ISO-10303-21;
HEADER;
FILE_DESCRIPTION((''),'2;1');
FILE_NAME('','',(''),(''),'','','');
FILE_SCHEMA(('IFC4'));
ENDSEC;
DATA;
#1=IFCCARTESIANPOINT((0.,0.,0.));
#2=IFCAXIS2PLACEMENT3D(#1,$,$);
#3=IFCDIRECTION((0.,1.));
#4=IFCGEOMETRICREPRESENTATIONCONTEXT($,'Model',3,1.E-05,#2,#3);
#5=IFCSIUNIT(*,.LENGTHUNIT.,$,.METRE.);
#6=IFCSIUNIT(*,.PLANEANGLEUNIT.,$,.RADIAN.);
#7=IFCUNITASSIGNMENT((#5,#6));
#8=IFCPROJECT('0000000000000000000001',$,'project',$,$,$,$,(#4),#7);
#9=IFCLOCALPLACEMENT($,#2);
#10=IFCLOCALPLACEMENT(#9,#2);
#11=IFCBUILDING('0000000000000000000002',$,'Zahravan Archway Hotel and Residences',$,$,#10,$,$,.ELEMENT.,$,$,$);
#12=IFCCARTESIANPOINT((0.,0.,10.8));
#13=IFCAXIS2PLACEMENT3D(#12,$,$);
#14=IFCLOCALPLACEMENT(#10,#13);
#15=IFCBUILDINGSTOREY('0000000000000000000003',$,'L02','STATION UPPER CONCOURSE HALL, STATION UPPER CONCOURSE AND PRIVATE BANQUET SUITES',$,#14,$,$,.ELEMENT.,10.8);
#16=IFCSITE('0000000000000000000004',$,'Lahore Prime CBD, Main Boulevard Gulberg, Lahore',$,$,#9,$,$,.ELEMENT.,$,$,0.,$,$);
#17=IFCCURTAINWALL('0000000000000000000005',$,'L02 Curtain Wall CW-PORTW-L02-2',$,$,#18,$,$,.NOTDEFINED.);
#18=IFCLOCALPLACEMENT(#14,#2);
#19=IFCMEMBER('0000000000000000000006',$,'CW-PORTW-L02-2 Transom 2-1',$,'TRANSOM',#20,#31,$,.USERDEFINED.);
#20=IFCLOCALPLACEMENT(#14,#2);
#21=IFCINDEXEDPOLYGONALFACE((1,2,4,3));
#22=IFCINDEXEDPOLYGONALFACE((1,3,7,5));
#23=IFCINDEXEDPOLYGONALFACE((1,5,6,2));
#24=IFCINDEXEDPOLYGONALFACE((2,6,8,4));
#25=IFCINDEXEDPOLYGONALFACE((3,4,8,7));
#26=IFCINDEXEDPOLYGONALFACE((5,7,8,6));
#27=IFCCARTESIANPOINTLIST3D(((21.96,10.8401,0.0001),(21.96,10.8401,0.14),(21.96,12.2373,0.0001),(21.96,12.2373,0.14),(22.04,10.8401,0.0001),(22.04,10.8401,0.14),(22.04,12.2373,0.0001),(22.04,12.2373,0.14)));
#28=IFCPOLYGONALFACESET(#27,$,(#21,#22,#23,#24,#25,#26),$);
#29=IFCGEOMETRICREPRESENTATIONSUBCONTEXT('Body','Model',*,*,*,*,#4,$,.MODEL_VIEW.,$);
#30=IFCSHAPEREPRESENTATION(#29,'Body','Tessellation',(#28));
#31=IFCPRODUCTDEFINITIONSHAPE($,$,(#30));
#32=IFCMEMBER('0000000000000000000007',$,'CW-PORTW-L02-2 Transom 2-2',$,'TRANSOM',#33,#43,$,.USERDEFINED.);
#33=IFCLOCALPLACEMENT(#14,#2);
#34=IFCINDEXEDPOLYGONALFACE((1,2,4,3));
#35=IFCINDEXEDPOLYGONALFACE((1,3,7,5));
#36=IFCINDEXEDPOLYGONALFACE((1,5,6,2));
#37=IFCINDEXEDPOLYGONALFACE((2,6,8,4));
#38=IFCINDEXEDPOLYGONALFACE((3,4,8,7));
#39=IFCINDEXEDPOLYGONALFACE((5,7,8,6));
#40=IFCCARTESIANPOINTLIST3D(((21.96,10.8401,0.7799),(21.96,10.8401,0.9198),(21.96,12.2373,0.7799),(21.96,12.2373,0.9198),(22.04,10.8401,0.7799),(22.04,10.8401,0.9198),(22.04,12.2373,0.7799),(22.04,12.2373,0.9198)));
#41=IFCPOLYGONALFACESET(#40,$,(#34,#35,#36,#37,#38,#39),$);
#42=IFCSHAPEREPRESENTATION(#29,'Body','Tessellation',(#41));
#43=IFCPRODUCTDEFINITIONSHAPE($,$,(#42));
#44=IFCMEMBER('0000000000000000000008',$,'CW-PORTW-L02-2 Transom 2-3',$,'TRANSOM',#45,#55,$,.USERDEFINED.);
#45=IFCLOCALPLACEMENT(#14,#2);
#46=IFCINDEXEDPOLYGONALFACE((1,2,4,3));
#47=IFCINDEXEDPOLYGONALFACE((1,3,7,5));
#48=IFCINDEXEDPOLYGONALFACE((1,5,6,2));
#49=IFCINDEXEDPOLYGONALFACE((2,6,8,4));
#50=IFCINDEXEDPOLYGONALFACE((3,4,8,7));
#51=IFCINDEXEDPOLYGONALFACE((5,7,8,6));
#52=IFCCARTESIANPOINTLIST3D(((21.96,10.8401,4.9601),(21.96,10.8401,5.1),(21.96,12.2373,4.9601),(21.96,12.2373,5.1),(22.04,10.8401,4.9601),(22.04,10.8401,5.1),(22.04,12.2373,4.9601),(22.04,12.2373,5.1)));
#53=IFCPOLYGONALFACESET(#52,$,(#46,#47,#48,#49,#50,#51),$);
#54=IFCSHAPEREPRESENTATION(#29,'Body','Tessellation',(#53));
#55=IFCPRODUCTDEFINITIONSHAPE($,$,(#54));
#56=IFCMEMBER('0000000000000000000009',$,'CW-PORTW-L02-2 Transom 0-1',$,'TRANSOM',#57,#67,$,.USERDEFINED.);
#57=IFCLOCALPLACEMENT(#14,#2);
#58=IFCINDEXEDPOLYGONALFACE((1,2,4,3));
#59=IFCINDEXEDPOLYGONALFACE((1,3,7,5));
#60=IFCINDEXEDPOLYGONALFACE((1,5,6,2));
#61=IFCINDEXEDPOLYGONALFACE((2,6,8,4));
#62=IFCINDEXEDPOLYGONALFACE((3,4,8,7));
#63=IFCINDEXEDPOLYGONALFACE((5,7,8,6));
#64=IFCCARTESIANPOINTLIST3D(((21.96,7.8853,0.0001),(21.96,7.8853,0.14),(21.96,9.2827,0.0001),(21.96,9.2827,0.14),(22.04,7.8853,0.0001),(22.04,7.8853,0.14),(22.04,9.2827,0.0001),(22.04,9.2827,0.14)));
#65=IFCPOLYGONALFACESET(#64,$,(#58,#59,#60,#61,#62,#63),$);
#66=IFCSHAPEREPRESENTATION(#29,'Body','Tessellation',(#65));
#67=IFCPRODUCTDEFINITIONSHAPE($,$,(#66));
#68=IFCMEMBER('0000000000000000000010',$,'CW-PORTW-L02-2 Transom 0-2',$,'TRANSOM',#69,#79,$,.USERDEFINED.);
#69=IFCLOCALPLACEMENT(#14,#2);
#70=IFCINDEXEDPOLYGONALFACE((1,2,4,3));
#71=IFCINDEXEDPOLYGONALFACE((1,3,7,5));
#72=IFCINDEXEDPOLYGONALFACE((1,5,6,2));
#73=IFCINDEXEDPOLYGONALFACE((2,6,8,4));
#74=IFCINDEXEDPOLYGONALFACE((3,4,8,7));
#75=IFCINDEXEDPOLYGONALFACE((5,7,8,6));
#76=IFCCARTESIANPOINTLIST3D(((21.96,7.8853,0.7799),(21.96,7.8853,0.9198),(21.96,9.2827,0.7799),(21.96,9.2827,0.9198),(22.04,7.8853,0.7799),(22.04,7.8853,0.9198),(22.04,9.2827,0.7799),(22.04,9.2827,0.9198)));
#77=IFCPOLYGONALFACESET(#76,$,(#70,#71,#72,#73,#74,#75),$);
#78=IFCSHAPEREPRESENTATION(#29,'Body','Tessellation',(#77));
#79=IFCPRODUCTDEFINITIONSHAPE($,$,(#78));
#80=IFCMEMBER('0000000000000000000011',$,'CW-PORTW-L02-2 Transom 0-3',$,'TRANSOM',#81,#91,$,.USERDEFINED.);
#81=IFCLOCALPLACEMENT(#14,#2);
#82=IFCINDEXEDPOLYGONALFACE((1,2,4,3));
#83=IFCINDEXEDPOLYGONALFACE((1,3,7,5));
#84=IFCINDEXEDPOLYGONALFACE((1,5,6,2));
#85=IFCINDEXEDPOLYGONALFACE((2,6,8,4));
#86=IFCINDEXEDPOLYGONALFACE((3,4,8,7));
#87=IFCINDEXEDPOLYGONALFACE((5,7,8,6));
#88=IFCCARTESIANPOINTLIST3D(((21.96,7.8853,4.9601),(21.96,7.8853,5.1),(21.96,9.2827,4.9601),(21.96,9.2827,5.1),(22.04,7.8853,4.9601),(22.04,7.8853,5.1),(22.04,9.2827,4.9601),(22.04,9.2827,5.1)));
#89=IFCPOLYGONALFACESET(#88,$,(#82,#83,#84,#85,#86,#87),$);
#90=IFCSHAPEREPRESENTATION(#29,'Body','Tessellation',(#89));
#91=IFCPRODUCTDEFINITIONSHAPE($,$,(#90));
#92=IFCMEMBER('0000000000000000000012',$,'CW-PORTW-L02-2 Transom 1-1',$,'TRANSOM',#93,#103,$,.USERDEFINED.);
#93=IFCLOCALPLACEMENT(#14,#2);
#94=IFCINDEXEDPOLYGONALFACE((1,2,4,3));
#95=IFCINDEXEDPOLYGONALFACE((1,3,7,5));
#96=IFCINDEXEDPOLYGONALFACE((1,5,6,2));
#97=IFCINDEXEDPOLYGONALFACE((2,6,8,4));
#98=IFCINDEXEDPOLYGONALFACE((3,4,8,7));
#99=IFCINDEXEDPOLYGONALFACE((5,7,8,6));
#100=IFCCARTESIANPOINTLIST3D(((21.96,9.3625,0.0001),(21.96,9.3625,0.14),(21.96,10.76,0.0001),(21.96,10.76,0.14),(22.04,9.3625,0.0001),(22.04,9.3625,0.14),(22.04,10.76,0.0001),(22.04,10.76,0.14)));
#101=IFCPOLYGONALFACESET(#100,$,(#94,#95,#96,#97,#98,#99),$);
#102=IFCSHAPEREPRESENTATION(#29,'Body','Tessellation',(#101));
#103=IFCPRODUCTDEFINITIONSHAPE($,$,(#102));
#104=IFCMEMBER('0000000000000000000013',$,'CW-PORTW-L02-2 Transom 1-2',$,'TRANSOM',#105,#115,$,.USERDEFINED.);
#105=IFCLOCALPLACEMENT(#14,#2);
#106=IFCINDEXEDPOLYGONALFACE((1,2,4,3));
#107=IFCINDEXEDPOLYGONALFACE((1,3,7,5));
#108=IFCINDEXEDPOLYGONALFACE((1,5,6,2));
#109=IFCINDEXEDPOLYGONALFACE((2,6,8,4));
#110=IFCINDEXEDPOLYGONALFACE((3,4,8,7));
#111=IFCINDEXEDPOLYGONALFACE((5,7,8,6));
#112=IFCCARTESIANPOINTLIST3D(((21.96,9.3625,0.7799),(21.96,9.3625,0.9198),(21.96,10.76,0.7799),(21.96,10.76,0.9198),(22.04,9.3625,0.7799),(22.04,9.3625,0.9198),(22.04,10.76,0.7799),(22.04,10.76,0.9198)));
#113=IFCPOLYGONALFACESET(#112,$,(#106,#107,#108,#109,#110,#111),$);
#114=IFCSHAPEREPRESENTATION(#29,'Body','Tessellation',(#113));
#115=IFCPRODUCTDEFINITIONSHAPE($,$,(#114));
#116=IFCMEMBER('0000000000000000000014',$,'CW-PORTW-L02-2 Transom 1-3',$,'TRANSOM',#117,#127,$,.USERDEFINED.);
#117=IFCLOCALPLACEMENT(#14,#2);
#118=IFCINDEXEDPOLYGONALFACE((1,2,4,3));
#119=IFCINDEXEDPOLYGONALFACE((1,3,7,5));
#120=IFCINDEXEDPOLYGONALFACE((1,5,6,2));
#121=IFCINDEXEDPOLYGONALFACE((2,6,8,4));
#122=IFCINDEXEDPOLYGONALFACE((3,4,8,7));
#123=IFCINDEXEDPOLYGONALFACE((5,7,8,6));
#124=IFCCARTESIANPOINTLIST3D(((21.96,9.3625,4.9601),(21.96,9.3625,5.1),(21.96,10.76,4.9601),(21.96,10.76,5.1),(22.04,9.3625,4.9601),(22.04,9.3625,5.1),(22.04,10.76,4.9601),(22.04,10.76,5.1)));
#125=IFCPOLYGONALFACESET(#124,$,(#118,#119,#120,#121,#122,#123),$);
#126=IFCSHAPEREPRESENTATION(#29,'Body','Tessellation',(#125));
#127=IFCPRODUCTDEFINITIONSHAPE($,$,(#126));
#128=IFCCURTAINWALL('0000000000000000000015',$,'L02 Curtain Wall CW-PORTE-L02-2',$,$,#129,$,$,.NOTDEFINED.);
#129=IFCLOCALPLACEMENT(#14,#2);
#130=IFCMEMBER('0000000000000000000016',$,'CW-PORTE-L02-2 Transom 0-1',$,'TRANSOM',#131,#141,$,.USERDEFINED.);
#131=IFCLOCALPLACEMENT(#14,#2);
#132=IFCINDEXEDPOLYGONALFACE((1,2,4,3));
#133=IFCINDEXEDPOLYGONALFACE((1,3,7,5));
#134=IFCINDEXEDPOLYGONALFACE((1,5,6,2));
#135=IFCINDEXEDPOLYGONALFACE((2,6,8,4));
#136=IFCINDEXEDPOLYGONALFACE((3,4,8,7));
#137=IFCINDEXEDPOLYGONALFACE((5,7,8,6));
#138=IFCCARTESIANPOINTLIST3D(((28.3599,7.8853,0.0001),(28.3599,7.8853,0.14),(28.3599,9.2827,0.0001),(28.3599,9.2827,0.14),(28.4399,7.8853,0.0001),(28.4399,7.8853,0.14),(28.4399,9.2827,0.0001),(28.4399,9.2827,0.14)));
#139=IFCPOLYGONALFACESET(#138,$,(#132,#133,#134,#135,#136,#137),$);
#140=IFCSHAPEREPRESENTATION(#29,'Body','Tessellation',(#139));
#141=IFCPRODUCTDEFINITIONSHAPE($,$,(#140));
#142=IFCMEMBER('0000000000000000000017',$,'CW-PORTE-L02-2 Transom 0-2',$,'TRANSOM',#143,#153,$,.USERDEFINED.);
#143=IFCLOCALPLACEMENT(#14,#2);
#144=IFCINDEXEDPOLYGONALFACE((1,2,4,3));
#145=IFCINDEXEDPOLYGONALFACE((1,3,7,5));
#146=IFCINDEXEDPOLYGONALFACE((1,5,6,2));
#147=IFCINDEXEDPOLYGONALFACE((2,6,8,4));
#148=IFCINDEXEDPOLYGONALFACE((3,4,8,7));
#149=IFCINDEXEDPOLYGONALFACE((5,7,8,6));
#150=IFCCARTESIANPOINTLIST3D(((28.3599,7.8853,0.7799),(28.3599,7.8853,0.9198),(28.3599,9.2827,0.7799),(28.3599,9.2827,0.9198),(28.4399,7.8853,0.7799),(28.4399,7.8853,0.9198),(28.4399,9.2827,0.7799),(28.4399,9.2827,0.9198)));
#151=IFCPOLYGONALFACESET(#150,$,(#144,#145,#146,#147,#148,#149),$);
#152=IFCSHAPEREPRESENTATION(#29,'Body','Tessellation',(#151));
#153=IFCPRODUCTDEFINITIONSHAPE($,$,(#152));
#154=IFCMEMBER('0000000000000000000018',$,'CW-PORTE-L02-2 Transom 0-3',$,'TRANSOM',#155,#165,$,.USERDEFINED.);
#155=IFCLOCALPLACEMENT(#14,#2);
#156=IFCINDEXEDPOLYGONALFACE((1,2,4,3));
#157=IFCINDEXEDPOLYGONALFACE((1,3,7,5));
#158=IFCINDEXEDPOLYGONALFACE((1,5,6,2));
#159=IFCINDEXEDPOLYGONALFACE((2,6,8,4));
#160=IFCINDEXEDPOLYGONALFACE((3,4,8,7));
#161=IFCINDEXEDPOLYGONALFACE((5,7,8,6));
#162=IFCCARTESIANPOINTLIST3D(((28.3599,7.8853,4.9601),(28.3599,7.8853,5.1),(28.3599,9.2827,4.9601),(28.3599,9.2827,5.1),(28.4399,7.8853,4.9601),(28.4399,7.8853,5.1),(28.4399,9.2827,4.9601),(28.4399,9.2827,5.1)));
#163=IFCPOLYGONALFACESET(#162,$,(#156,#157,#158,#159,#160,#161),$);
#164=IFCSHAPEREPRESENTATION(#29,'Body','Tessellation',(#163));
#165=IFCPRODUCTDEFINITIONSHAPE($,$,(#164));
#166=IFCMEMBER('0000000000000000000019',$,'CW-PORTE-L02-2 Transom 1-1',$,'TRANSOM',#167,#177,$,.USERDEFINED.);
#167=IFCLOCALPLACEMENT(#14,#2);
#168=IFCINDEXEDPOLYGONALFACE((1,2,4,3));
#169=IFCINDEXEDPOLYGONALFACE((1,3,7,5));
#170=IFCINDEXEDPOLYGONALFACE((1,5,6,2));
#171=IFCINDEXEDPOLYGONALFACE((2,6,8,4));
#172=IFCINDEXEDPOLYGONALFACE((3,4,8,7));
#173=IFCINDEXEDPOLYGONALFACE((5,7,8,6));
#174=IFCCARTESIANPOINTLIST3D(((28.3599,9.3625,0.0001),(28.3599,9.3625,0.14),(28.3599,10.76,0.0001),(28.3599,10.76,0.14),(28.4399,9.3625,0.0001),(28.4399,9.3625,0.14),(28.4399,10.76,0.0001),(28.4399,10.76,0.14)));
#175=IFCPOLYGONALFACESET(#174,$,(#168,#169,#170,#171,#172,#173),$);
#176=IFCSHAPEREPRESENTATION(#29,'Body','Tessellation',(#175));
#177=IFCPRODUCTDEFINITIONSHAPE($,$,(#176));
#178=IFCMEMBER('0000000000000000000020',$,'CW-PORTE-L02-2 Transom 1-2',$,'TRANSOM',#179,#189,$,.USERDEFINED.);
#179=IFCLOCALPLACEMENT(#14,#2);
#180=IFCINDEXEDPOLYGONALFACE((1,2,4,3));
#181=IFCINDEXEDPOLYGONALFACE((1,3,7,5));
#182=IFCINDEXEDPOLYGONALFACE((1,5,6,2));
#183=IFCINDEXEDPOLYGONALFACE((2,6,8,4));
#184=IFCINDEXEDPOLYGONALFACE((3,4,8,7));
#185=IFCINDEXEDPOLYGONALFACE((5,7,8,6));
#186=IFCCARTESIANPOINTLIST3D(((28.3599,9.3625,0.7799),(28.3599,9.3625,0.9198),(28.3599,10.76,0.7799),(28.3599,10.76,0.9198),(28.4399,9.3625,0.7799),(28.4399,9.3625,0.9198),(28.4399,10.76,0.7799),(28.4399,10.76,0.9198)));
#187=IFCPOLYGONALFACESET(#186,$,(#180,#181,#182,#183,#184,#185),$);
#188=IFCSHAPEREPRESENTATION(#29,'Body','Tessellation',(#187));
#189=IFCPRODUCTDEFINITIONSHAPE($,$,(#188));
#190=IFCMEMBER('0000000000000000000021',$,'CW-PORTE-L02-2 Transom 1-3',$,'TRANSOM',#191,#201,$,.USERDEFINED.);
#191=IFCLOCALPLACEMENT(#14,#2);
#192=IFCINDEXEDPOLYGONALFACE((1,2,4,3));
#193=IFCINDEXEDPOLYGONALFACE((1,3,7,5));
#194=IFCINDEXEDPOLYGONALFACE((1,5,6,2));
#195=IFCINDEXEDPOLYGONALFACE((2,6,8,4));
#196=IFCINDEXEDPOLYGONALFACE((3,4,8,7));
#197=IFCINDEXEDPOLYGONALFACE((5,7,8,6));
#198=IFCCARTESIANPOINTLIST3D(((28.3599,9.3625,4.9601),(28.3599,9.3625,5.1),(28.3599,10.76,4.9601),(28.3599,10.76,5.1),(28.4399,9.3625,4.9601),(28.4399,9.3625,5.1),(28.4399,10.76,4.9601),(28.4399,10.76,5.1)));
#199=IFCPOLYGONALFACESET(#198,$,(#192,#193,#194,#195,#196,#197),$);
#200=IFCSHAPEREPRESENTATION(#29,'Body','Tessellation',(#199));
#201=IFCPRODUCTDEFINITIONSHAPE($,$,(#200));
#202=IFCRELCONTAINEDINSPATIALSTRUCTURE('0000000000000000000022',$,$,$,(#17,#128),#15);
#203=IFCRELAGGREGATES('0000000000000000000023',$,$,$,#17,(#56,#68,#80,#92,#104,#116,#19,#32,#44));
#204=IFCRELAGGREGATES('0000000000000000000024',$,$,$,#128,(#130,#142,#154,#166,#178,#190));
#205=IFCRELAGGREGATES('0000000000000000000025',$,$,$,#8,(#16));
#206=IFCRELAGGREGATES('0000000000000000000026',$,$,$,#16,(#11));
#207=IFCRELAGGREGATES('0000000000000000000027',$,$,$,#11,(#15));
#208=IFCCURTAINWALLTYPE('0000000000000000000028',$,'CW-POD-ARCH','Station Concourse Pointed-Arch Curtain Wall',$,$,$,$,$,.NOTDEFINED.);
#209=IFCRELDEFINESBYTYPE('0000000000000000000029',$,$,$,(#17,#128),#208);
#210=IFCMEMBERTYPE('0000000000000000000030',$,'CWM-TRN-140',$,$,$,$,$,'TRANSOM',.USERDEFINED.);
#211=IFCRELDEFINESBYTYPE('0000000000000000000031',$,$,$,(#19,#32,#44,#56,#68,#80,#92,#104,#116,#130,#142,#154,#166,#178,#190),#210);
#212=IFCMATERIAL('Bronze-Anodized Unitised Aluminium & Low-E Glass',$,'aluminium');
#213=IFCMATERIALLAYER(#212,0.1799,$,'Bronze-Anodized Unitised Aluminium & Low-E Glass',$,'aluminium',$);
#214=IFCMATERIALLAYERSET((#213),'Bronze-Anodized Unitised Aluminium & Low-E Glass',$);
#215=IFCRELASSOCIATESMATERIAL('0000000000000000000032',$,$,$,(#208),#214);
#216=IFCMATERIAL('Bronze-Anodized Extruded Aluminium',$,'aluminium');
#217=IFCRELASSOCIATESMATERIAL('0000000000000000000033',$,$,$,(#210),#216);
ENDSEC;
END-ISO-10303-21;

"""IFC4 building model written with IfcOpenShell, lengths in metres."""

from ifc_helpers import new_model, si_unit, direction, frame, origin, origin_2d, place, context, subcontext, project, spatial, rectangle, extrude, source, transform, mapped, material, layer, layer_set, material_profile, profile_set, type_object, element, aggregate, save


model = new_model("IFC4")

# Units and contexts
model_context = context("Model", 3, precision=1e-05, world=origin(), true_north=direction((0.0, 1.0)))
body_context = subcontext(model_context, "Body", "Model", "MODEL_VIEW")
ifc_project = project(units=[si_unit("LENGTHUNIT", "METRE"), si_unit("PLANEANGLEUNIT", "RADIAN")], contexts=[model_context])

# Site, building, storey
site_placement = place(None, origin())
site = spatial("IfcSite", under=ifc_project, at=site_placement, Name="Lahore Prime CBD, Main Boulevard Gulberg, Lahore", CompositionType="ELEMENT", RefElevation=0.0)
building_placement = place(site_placement, origin())
building = spatial("IfcBuilding", under=site, at=building_placement, Name="Zahravan Archway Hotel and Residences", CompositionType="ELEMENT")
storey_placement = place(building_placement, frame((0.0, 0.0, 10.8)))
storey = spatial("IfcBuildingStorey", under=building, at=storey_placement, Name="L02", Description="STATION UPPER CONCOURSE HALL, STATION UPPER CONCOURSE AND PRIVATE BANQUET SUITES", CompositionType="ELEMENT", Elevation=10.8)

# Curtain walls, members
ifc_material_1 = material(Name="Bronze-Anodized Unitised Aluminium & Low-E Glass", Category="aluminium")
ifc_layer_1 = layer(ifc_material_1, 0.1799, Name="Bronze-Anodized Unitised Aluminium & Low-E Glass", Category="aluminium")
ifc_layer_set_1 = layer_set([ifc_layer_1], Name="Bronze-Anodized Unitised Aluminium & Low-E Glass")
curtain_wall_type = type_object("IfcCurtainWallType", Name="CW-POD-ARCH", Description="Station Concourse Pointed-Arch Curtain Wall", PredefinedType="NOTDEFINED", material=ifc_layer_set_1)
curtain_wall_1_placement = place(storey_placement, origin())
curtain_wall_1 = element("IfcCurtainWall", 1, at=curtain_wall_1_placement, inside=storey, type_object=curtain_wall_type, Name="L02 Curtain Wall CW-PORTW-L02-2", PredefinedType="NOTDEFINED")
ifc_material_2 = material(Name="Bronze-Anodized Extruded Aluminium", Category="aluminium")
ifc_material_profile_1 = material_profile(ifc_material_2, rectangle(XDim=0.0801, YDim=0.1399, at=origin_2d()), Name="TRN 80x140", Category="aluminium")
ifc_profile_set_1 = profile_set([ifc_material_profile_1], Name="Bronze-Anodized Extruded Aluminium")
member_type_1 = type_object("IfcMemberType", Name="CWM-TRN-140", ElementType="TRANSOM", PredefinedType="USERDEFINED", material=ifc_profile_set_1)
shared_shape_1 = source(origin(), body_context, "Body", "SweptSolid", [
    extrude(rectangle(XDim=0.0801, YDim=0.1399, at=origin_2d()), origin(), (0.0, 0.0, 1.0), 1.3972),
])
member_1_placement = place(storey_placement, frame((22.0, 10.8401, 0.0701), z_axis=(0.0, 1.0, 0.0), x_axis=(-1.0, 0.0, 0.0)))
member_1 = element("IfcMember", 2, at=member_1_placement, type_object=member_type_1, Name="CW-PORTW-L02-2 Transom 2-1", ObjectType="TRANSOM", PredefinedType="USERDEFINED", context=body_context, shape_type="MappedRepresentation", body=[
    mapped(shared_shape_1, transform((0.0, 0.0, 0.0), scale=1.0)),
])
member_2_placement = place(storey_placement, frame((22.0, 10.8401, 0.8499), z_axis=(0.0, 1.0, 0.0), x_axis=(-1.0, 0.0, 0.0)))
member_2 = element("IfcMember", 3, at=member_2_placement, type_object=member_type_1, Name="CW-PORTW-L02-2 Transom 2-2", ObjectType="TRANSOM", PredefinedType="USERDEFINED", context=body_context, shape_type="MappedRepresentation", body=[
    mapped(shared_shape_1, transform((0.0, 0.0, 0.0), scale=1.0)),
])
member_3_placement = place(storey_placement, frame((22.0, 10.8401, 5.03), z_axis=(0.0, 1.0, 0.0), x_axis=(-1.0, 0.0, 0.0)))
member_3 = element("IfcMember", 4, at=member_3_placement, type_object=member_type_1, Name="CW-PORTW-L02-2 Transom 2-3", ObjectType="TRANSOM", PredefinedType="USERDEFINED", context=body_context, shape_type="MappedRepresentation", body=[
    mapped(shared_shape_1, transform((0.0, 0.0, 0.0), scale=1.0)),
])
shared_shape_2 = source(origin(), body_context, "Body", "SweptSolid", [
    extrude(rectangle(XDim=0.0801, YDim=0.1399, at=origin_2d()), origin(), (0.0, 0.0, 1.0), 1.3975),
])
member_4_placement = place(storey_placement, frame((22.0, 7.8853, 0.0701), z_axis=(0.0, 1.0, 0.0), x_axis=(-1.0, 0.0, 0.0)))
member_4 = element("IfcMember", 5, at=member_4_placement, type_object=member_type_1, Name="CW-PORTW-L02-2 Transom 0-1", ObjectType="TRANSOM", PredefinedType="USERDEFINED", context=body_context, shape_type="MappedRepresentation", body=[
    mapped(shared_shape_2, transform((0.0, 0.0, 0.0), scale=1.0)),
])
member_5_placement = place(storey_placement, frame((22.0, 7.8853, 0.8499), z_axis=(0.0, 1.0, 0.0), x_axis=(-1.0, 0.0, 0.0)))
member_5 = element("IfcMember", 6, at=member_5_placement, type_object=member_type_1, Name="CW-PORTW-L02-2 Transom 0-2", ObjectType="TRANSOM", PredefinedType="USERDEFINED", context=body_context, shape_type="MappedRepresentation", body=[
    mapped(shared_shape_2, transform((0.0, 0.0, 0.0), scale=1.0)),
])
member_6_placement = place(storey_placement, frame((22.0, 7.8853, 5.03), z_axis=(0.0, 1.0, 0.0), x_axis=(-1.0, 0.0, 0.0)))
member_6 = element("IfcMember", 7, at=member_6_placement, type_object=member_type_1, Name="CW-PORTW-L02-2 Transom 0-3", ObjectType="TRANSOM", PredefinedType="USERDEFINED", context=body_context, shape_type="MappedRepresentation", body=[
    mapped(shared_shape_2, transform((0.0, 0.0, 0.0), scale=1.0)),
])
member_7_placement = place(storey_placement, frame((22.0, 9.3625, 0.0701), z_axis=(0.0, 1.0, 0.0), x_axis=(-1.0, 0.0, 0.0)))
member_7 = element("IfcMember", 8, at=member_7_placement, type_object=member_type_1, Name="CW-PORTW-L02-2 Transom 1-1", ObjectType="TRANSOM", PredefinedType="USERDEFINED", context=body_context, shape_type="MappedRepresentation", body=[
    mapped(shared_shape_2, transform((0.0, 0.0, 0.0), scale=1.0)),
])
member_8_placement = place(storey_placement, frame((22.0, 9.3625, 0.8499), z_axis=(0.0, 1.0, 0.0), x_axis=(-1.0, 0.0, 0.0)))
member_8 = element("IfcMember", 9, at=member_8_placement, type_object=member_type_1, Name="CW-PORTW-L02-2 Transom 1-2", ObjectType="TRANSOM", PredefinedType="USERDEFINED", context=body_context, shape_type="MappedRepresentation", body=[
    mapped(shared_shape_2, transform((0.0, 0.0, 0.0), scale=1.0)),
])
member_9_placement = place(storey_placement, frame((22.0, 9.3625, 5.03), z_axis=(0.0, 1.0, 0.0), x_axis=(-1.0, 0.0, 0.0)))
member_9 = element("IfcMember", 10, at=member_9_placement, type_object=member_type_1, Name="CW-PORTW-L02-2 Transom 1-3", ObjectType="TRANSOM", PredefinedType="USERDEFINED", context=body_context, shape_type="MappedRepresentation", body=[
    mapped(shared_shape_2, transform((0.0, 0.0, 0.0), scale=1.0)),
])
curtain_wall_2_placement = place(storey_placement, origin())
curtain_wall_2 = element("IfcCurtainWall", 11, at=curtain_wall_2_placement, inside=storey, type_object=curtain_wall_type, Name="L02 Curtain Wall CW-PORTE-L02-2", PredefinedType="NOTDEFINED")
member_10_placement = place(storey_placement, frame((28.3999, 7.8853, 0.0701), z_axis=(0.0, 1.0, 0.0), x_axis=(-1.0, 0.0, 0.0)))
member_10 = element("IfcMember", 12, at=member_10_placement, type_object=member_type_1, Name="CW-PORTE-L02-2 Transom 0-1", ObjectType="TRANSOM", PredefinedType="USERDEFINED", context=body_context, shape_type="MappedRepresentation", body=[
    mapped(shared_shape_2, transform((0.0, 0.0, 0.0), scale=1.0)),
])
member_11_placement = place(storey_placement, frame((28.3999, 7.8853, 0.8499), z_axis=(0.0, 1.0, 0.0), x_axis=(-1.0, 0.0, 0.0)))
member_11 = element("IfcMember", 13, at=member_11_placement, type_object=member_type_1, Name="CW-PORTE-L02-2 Transom 0-2", ObjectType="TRANSOM", PredefinedType="USERDEFINED", context=body_context, shape_type="MappedRepresentation", body=[
    mapped(shared_shape_2, transform((0.0, 0.0, 0.0), scale=1.0)),
])
member_12_placement = place(storey_placement, frame((28.3999, 7.8853, 5.03), z_axis=(0.0, 1.0, 0.0), x_axis=(-1.0, 0.0, 0.0)))
member_12 = element("IfcMember", 14, at=member_12_placement, type_object=member_type_1, Name="CW-PORTE-L02-2 Transom 0-3", ObjectType="TRANSOM", PredefinedType="USERDEFINED", context=body_context, shape_type="MappedRepresentation", body=[
    mapped(shared_shape_2, transform((0.0, 0.0, 0.0), scale=1.0)),
])
member_13_placement = place(storey_placement, frame((28.3999, 9.3625, 0.0701), z_axis=(0.0, 1.0, 0.0), x_axis=(-1.0, 0.0, 0.0)))
member_13 = element("IfcMember", 15, at=member_13_placement, type_object=member_type_1, Name="CW-PORTE-L02-2 Transom 1-1", ObjectType="TRANSOM", PredefinedType="USERDEFINED", context=body_context, shape_type="MappedRepresentation", body=[
    mapped(shared_shape_2, transform((0.0, 0.0, 0.0), scale=1.0)),
])
member_14_placement = place(storey_placement, frame((28.3999, 9.3625, 0.8499), z_axis=(0.0, 1.0, 0.0), x_axis=(-1.0, 0.0, 0.0)))
member_14 = element("IfcMember", 16, at=member_14_placement, type_object=member_type_1, Name="CW-PORTE-L02-2 Transom 1-2", ObjectType="TRANSOM", PredefinedType="USERDEFINED", context=body_context, shape_type="MappedRepresentation", body=[
    mapped(shared_shape_2, transform((0.0, 0.0, 0.0), scale=1.0)),
])
member_15_placement = place(storey_placement, frame((28.3999, 9.3625, 5.03), z_axis=(0.0, 1.0, 0.0), x_axis=(-1.0, 0.0, 0.0)))
member_15 = element("IfcMember", 17, at=member_15_placement, type_object=member_type_1, Name="CW-PORTE-L02-2 Transom 1-3", ObjectType="TRANSOM", PredefinedType="USERDEFINED", context=body_context, shape_type="MappedRepresentation", body=[
    mapped(shared_shape_2, transform((0.0, 0.0, 0.0), scale=1.0)),
])

aggregate(curtain_wall_1, [member_4, member_5, member_6, member_7, member_8, member_9, member_1, member_2, member_3])
aggregate(curtain_wall_2, [member_10, member_11, member_12, member_13, member_14, member_15])

save(model, "model.ifc")
